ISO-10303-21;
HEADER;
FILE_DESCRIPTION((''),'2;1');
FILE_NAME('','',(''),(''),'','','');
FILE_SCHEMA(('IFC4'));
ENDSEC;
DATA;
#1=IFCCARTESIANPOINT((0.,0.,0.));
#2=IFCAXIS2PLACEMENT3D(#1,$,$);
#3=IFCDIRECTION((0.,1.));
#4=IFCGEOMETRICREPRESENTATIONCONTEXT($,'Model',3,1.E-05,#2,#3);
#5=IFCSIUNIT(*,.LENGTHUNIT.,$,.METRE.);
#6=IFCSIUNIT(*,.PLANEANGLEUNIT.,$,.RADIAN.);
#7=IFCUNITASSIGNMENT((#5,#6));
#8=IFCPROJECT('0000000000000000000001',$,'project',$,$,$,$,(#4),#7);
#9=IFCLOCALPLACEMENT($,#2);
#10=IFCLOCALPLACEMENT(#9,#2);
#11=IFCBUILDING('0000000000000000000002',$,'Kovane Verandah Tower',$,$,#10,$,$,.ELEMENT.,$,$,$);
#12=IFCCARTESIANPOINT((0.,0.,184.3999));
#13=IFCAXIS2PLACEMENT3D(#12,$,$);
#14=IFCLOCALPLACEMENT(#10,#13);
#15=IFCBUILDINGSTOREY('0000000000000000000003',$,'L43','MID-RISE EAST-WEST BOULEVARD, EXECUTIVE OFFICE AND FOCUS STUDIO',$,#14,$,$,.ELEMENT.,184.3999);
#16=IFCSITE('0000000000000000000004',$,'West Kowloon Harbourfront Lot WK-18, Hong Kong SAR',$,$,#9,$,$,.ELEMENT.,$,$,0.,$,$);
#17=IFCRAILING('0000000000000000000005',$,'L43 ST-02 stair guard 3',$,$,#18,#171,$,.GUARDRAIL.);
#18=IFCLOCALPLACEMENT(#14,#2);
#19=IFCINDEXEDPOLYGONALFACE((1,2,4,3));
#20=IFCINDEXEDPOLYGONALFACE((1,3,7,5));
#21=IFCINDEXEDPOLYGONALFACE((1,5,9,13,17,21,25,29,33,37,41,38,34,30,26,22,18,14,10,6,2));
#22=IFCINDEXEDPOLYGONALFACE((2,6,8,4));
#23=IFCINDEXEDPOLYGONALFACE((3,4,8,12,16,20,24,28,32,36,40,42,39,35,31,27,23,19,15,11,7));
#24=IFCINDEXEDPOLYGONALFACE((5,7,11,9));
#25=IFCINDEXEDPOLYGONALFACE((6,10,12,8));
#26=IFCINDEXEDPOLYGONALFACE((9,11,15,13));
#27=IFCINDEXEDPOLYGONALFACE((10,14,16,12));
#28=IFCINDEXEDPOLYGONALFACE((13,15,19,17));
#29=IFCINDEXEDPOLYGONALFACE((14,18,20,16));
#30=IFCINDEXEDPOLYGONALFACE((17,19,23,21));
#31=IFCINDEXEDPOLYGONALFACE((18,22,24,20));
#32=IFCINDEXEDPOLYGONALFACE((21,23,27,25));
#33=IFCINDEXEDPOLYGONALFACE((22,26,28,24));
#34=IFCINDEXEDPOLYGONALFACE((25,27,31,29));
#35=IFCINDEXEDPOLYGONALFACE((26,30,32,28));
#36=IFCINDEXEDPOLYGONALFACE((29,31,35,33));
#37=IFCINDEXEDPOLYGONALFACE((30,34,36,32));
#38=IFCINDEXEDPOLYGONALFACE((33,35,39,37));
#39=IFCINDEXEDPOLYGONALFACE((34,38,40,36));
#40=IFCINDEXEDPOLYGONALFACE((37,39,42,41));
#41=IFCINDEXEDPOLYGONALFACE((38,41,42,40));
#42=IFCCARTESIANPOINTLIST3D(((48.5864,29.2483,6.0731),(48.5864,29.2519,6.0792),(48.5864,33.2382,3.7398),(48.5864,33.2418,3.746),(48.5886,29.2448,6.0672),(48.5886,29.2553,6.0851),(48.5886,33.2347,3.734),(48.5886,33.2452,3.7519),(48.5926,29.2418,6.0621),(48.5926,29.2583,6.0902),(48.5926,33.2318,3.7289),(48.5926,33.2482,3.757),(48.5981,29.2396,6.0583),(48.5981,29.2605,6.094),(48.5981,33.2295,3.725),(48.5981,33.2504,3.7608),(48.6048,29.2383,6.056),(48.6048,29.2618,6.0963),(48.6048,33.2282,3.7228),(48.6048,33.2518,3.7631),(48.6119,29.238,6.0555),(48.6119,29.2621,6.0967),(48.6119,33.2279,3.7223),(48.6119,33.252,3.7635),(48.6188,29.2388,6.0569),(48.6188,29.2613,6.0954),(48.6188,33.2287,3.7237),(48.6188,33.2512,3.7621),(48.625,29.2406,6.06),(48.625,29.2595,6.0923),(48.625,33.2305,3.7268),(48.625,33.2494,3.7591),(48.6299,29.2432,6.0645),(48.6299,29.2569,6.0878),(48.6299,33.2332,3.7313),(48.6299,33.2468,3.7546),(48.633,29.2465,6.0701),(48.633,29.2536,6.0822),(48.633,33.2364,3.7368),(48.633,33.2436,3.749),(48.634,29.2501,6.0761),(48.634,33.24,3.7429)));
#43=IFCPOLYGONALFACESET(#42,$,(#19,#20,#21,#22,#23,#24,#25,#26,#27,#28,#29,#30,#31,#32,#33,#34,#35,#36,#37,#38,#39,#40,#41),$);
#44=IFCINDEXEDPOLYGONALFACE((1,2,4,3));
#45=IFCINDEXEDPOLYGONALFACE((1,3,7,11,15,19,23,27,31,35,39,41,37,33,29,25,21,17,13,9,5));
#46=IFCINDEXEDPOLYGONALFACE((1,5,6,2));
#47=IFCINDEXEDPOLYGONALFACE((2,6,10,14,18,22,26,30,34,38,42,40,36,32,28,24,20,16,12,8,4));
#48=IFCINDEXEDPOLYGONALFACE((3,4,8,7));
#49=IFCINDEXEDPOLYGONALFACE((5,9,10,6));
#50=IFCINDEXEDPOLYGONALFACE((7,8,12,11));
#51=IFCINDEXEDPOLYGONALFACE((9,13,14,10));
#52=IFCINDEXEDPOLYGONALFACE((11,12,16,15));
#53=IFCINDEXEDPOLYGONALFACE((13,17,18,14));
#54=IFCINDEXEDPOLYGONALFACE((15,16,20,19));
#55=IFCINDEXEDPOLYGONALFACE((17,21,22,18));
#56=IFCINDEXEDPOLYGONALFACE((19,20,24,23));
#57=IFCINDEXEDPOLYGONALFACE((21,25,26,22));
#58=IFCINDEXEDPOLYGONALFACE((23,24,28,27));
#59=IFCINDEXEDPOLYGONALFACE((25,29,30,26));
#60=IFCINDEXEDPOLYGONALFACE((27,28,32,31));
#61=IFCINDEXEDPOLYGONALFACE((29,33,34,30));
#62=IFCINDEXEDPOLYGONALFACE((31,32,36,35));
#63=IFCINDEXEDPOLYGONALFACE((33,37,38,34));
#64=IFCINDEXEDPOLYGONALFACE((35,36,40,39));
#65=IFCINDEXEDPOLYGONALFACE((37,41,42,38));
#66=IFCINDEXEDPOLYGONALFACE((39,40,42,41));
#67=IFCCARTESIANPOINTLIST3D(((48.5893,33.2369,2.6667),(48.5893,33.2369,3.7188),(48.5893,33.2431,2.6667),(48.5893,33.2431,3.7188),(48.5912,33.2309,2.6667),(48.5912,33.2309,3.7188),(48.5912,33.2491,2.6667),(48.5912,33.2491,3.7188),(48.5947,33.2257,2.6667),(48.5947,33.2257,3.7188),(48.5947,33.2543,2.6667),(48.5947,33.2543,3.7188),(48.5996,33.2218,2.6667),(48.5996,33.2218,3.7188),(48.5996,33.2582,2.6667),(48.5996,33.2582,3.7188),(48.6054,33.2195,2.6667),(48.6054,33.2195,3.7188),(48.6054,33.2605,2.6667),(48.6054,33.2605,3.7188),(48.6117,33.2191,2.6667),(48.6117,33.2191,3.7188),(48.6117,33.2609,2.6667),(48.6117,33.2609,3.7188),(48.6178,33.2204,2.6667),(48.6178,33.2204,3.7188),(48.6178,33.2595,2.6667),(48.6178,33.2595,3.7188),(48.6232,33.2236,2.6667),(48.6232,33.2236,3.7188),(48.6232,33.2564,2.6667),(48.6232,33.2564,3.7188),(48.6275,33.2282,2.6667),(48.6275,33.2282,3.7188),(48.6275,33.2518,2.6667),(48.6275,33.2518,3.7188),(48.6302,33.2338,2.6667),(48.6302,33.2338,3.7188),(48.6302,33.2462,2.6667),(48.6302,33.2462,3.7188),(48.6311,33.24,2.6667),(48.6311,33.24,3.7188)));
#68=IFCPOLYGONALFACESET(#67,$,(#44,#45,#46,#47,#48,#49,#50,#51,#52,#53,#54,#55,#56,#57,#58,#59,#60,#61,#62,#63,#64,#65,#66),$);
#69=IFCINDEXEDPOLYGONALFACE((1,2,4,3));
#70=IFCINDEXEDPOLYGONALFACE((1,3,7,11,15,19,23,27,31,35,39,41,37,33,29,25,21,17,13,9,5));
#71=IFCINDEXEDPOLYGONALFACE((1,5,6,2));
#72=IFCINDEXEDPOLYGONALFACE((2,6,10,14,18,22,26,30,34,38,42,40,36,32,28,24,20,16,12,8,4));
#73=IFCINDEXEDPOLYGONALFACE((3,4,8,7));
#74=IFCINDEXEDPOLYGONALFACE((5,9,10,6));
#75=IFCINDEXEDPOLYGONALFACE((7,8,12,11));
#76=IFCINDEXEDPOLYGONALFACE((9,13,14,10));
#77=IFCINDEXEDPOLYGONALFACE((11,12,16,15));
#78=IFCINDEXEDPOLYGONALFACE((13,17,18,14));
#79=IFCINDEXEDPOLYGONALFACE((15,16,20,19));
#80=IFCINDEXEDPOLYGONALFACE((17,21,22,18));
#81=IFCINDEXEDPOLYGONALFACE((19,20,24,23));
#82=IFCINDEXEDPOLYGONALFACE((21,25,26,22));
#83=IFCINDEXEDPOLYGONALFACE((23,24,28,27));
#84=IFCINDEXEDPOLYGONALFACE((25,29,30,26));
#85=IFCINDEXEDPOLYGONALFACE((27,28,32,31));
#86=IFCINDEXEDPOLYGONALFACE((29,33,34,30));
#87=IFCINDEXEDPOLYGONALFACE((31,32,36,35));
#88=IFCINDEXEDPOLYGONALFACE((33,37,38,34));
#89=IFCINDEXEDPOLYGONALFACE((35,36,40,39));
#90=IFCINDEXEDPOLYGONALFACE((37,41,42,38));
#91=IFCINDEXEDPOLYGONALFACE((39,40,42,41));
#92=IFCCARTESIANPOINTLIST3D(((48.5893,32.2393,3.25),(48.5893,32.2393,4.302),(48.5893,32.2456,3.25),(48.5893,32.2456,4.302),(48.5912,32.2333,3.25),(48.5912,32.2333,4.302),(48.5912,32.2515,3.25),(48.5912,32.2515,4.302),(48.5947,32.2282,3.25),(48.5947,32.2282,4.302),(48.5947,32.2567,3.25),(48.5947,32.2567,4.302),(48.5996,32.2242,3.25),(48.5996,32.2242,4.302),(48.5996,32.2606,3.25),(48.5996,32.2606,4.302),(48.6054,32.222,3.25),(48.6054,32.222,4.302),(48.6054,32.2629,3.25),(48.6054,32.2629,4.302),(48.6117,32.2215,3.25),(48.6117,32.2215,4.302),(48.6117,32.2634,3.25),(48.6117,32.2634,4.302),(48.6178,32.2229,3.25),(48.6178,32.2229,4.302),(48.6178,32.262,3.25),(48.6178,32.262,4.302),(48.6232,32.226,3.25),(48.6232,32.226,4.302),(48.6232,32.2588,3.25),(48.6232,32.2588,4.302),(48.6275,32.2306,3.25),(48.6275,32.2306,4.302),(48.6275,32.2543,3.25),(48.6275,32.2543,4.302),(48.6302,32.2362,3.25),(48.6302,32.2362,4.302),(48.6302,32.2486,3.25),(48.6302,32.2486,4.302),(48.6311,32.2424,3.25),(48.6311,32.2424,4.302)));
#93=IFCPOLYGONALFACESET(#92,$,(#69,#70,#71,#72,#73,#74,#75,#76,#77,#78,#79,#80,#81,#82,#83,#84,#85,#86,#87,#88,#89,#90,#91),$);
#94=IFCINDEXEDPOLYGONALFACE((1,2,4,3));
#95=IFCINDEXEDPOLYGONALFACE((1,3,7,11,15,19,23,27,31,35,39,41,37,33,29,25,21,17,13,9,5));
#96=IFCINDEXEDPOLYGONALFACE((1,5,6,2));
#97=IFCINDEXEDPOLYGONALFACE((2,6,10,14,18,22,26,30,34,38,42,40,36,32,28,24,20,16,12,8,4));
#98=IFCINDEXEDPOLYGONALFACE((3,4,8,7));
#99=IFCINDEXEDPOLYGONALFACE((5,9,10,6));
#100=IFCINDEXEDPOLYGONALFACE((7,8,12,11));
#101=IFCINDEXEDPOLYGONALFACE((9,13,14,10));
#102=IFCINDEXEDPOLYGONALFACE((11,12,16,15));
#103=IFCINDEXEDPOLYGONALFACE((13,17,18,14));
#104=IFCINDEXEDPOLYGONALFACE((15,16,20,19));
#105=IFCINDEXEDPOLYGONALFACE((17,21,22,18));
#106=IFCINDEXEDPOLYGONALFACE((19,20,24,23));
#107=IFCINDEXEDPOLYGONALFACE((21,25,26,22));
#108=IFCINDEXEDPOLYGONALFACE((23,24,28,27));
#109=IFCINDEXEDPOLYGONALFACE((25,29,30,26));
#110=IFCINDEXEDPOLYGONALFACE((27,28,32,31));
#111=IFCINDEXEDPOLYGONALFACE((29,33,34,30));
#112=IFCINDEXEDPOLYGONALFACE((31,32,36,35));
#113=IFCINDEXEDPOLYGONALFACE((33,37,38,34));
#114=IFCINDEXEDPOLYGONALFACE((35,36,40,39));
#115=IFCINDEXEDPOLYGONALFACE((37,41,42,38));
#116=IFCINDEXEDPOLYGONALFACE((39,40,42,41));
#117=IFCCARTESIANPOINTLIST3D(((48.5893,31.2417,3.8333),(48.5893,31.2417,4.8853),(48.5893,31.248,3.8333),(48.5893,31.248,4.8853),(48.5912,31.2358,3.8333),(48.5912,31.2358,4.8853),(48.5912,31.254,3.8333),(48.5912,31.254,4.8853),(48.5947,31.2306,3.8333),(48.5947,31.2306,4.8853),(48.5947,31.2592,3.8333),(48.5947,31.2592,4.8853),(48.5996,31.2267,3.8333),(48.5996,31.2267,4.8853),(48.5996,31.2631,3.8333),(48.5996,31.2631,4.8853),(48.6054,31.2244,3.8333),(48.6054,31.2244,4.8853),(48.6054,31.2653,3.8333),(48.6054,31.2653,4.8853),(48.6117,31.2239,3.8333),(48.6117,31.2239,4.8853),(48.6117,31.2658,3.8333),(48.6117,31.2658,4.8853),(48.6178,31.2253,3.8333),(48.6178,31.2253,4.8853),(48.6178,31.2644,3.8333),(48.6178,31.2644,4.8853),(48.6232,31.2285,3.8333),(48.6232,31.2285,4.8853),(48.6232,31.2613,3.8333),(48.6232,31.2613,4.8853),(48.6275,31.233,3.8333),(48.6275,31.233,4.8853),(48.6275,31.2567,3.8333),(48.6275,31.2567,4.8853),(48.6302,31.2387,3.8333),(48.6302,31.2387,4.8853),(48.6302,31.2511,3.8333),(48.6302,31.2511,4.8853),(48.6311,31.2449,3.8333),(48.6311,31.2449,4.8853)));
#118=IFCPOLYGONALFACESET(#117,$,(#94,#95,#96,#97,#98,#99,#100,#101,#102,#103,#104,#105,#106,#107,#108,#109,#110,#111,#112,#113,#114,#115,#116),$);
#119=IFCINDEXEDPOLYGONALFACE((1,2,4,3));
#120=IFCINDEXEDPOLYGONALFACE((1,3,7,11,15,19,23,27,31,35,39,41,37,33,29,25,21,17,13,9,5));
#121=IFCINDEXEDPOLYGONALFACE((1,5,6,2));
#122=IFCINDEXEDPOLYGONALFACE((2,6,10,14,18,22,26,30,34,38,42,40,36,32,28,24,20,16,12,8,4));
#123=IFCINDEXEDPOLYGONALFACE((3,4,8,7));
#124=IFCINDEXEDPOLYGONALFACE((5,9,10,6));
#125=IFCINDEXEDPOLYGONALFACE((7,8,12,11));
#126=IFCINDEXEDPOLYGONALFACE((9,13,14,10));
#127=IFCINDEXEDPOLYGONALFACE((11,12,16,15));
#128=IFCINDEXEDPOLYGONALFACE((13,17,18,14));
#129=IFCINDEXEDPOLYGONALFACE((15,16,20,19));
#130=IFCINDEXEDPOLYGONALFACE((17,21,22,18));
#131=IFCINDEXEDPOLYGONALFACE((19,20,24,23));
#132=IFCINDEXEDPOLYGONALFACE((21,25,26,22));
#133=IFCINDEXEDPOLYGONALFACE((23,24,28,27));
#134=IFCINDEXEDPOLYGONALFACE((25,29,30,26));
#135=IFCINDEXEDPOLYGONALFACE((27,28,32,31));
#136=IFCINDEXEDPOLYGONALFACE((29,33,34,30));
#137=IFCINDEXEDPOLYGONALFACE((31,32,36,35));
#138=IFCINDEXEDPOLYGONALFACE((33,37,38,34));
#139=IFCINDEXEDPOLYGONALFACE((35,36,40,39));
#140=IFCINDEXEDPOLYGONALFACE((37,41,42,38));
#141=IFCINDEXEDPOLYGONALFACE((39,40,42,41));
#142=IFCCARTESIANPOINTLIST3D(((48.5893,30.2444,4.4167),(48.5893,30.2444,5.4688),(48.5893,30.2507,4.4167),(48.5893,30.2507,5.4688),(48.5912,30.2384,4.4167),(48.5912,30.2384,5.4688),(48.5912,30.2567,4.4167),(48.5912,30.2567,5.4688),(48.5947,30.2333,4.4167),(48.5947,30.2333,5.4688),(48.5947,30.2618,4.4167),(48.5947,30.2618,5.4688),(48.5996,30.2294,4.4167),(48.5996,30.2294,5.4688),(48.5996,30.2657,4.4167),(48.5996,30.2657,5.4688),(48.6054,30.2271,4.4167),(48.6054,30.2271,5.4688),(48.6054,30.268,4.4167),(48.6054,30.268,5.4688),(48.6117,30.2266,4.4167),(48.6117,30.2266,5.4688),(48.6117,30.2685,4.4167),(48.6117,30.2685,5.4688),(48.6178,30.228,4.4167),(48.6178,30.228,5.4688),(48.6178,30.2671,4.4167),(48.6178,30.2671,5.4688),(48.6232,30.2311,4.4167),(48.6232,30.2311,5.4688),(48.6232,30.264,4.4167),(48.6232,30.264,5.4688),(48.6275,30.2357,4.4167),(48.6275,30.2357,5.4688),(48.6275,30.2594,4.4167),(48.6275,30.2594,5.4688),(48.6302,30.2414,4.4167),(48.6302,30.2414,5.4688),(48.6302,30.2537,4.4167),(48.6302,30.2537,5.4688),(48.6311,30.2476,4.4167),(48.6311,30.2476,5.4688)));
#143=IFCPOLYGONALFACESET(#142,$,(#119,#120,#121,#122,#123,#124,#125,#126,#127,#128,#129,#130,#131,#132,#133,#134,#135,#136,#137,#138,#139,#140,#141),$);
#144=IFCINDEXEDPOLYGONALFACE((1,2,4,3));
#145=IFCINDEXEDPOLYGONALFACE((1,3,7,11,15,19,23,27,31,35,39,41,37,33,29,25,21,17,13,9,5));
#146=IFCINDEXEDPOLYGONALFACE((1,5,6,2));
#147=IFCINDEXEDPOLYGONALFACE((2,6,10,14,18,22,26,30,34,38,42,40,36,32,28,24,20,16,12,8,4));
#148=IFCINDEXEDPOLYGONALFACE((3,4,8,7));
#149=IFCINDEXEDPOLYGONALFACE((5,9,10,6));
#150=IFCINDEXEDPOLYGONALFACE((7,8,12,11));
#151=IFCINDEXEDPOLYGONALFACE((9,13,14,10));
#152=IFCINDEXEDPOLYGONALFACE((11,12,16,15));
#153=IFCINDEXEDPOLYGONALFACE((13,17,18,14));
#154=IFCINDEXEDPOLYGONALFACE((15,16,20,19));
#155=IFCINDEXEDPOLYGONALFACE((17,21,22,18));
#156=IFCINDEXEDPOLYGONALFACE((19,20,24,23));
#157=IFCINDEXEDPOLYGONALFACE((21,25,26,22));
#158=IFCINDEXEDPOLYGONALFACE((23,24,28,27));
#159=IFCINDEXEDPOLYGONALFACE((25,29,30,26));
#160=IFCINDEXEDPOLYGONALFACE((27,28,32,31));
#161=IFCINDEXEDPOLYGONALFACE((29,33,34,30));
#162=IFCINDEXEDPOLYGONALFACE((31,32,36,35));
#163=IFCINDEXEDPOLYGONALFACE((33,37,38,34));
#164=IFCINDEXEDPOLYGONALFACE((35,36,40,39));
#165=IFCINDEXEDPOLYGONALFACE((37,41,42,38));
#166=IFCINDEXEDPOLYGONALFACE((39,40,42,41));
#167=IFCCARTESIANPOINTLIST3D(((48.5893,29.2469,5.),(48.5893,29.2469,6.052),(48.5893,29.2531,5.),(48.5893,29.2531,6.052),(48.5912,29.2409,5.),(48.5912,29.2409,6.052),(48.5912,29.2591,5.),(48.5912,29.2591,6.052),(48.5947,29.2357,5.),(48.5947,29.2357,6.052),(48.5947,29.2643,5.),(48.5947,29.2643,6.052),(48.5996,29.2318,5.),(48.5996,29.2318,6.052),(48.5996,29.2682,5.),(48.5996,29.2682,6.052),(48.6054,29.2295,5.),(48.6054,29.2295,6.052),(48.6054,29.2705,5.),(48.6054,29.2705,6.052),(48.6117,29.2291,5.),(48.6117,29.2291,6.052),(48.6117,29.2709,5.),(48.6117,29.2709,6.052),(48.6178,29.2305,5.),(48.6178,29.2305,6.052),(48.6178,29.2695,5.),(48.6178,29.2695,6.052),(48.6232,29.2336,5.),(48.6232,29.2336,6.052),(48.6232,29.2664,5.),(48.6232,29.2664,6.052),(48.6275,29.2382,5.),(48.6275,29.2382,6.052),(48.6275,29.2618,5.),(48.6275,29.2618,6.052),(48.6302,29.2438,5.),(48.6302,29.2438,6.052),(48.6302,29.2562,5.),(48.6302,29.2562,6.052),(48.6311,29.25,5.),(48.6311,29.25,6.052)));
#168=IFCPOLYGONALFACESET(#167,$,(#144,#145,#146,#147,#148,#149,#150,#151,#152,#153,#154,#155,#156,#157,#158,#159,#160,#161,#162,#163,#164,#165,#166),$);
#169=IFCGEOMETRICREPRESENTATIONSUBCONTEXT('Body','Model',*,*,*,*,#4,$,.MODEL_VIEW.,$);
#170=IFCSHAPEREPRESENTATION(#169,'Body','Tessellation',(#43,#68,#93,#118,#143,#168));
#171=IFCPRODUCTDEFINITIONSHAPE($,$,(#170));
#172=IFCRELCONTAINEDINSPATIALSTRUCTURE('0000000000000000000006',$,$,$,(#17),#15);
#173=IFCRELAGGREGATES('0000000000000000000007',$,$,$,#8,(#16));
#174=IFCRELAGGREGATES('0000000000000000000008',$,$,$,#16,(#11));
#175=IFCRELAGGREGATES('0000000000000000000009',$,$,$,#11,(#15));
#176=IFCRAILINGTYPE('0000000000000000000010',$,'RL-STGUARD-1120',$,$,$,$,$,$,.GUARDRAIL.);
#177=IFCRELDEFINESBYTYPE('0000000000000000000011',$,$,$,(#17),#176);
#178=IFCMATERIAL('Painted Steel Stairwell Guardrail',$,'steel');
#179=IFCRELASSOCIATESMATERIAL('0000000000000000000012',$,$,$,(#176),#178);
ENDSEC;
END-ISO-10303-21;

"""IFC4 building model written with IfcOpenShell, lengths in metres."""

from ifc_helpers import new_model, si_unit, direction, frame, origin, origin_2d, place, context, subcontext, project, spatial, circle, extrude, material, type_object, element, save


model = new_model("IFC4")

# Units and contexts
model_context = context("Model", 3, precision=1e-05, world=origin(), true_north=direction((0.0, 1.0)))
body_context = subcontext(model_context, "Body", "Model", "MODEL_VIEW")
ifc_project = project(units=[si_unit("LENGTHUNIT", "METRE"), si_unit("PLANEANGLEUNIT", "RADIAN")], contexts=[model_context])

# Site, building, storey
site_placement = place(None, origin())
site = spatial("IfcSite", under=ifc_project, at=site_placement, Name="West Kowloon Harbourfront Lot WK-18, Hong Kong SAR", CompositionType="ELEMENT", RefElevation=0.0)
building_placement = place(site_placement, origin())
building = spatial("IfcBuilding", under=site, at=building_placement, Name="Kovane Verandah Tower", CompositionType="ELEMENT")
storey_placement = place(building_placement, frame((0.0, 0.0, 184.3999)))
storey = spatial("IfcBuildingStorey", under=building, at=storey_placement, Name="L43", Description="MID-RISE EAST-WEST BOULEVARD, EXECUTIVE OFFICE AND FOCUS STUDIO", CompositionType="ELEMENT", Elevation=184.3999)

# Railing
ifc_material_1 = material(Name="Painted Steel Stairwell Guardrail", Category="steel")
railing_type_1 = type_object("IfcRailingType", Name="RL-STGUARD-1120", PredefinedType="GUARDRAIL", material=ifc_material_1)
railing_1_placement = place(storey_placement, frame((48.6101, 33.24, 2.6667)))
element("IfcRailing", 1, at=railing_1_placement, inside=storey, type_object=railing_type_1, Name="L43 ST-02 stair guard 3", PredefinedType="GUARDRAIL", context=body_context, shape_type="SweptSolid", body=[
    extrude(circle(Radius=0.0239, at=origin_2d()), frame((0.0, 0.0, 1.0762), z_axis=(0.0, -0.863236, 0.5048), x_axis=(1.0, 0.0, 0.0)), (0.0, 0.0, 1.0), 4.6221),
    extrude(circle(Radius=0.021, at=origin_2d()), origin(), (0.0, 0.0, 1.0), 1.052),
    extrude(circle(Radius=0.021, at=origin_2d()), frame((0.0, -0.9976, 0.5833)), (0.0, 0.0, 1.0), 1.052),
    extrude(circle(Radius=0.021, at=origin_2d()), frame((0.0, -1.9951, 1.1665)), (0.0, 0.0, 1.0), 1.052),
    extrude(circle(Radius=0.021, at=origin_2d()), frame((0.0, -2.9924, 1.75)), (0.0, 0.0, 1.0), 1.052),
    extrude(circle(Radius=0.021, at=origin_2d()), frame((0.0, -3.99, 2.3333)), (0.0, 0.0, 1.0), 1.052),
])

save(model, "model.ifc")
